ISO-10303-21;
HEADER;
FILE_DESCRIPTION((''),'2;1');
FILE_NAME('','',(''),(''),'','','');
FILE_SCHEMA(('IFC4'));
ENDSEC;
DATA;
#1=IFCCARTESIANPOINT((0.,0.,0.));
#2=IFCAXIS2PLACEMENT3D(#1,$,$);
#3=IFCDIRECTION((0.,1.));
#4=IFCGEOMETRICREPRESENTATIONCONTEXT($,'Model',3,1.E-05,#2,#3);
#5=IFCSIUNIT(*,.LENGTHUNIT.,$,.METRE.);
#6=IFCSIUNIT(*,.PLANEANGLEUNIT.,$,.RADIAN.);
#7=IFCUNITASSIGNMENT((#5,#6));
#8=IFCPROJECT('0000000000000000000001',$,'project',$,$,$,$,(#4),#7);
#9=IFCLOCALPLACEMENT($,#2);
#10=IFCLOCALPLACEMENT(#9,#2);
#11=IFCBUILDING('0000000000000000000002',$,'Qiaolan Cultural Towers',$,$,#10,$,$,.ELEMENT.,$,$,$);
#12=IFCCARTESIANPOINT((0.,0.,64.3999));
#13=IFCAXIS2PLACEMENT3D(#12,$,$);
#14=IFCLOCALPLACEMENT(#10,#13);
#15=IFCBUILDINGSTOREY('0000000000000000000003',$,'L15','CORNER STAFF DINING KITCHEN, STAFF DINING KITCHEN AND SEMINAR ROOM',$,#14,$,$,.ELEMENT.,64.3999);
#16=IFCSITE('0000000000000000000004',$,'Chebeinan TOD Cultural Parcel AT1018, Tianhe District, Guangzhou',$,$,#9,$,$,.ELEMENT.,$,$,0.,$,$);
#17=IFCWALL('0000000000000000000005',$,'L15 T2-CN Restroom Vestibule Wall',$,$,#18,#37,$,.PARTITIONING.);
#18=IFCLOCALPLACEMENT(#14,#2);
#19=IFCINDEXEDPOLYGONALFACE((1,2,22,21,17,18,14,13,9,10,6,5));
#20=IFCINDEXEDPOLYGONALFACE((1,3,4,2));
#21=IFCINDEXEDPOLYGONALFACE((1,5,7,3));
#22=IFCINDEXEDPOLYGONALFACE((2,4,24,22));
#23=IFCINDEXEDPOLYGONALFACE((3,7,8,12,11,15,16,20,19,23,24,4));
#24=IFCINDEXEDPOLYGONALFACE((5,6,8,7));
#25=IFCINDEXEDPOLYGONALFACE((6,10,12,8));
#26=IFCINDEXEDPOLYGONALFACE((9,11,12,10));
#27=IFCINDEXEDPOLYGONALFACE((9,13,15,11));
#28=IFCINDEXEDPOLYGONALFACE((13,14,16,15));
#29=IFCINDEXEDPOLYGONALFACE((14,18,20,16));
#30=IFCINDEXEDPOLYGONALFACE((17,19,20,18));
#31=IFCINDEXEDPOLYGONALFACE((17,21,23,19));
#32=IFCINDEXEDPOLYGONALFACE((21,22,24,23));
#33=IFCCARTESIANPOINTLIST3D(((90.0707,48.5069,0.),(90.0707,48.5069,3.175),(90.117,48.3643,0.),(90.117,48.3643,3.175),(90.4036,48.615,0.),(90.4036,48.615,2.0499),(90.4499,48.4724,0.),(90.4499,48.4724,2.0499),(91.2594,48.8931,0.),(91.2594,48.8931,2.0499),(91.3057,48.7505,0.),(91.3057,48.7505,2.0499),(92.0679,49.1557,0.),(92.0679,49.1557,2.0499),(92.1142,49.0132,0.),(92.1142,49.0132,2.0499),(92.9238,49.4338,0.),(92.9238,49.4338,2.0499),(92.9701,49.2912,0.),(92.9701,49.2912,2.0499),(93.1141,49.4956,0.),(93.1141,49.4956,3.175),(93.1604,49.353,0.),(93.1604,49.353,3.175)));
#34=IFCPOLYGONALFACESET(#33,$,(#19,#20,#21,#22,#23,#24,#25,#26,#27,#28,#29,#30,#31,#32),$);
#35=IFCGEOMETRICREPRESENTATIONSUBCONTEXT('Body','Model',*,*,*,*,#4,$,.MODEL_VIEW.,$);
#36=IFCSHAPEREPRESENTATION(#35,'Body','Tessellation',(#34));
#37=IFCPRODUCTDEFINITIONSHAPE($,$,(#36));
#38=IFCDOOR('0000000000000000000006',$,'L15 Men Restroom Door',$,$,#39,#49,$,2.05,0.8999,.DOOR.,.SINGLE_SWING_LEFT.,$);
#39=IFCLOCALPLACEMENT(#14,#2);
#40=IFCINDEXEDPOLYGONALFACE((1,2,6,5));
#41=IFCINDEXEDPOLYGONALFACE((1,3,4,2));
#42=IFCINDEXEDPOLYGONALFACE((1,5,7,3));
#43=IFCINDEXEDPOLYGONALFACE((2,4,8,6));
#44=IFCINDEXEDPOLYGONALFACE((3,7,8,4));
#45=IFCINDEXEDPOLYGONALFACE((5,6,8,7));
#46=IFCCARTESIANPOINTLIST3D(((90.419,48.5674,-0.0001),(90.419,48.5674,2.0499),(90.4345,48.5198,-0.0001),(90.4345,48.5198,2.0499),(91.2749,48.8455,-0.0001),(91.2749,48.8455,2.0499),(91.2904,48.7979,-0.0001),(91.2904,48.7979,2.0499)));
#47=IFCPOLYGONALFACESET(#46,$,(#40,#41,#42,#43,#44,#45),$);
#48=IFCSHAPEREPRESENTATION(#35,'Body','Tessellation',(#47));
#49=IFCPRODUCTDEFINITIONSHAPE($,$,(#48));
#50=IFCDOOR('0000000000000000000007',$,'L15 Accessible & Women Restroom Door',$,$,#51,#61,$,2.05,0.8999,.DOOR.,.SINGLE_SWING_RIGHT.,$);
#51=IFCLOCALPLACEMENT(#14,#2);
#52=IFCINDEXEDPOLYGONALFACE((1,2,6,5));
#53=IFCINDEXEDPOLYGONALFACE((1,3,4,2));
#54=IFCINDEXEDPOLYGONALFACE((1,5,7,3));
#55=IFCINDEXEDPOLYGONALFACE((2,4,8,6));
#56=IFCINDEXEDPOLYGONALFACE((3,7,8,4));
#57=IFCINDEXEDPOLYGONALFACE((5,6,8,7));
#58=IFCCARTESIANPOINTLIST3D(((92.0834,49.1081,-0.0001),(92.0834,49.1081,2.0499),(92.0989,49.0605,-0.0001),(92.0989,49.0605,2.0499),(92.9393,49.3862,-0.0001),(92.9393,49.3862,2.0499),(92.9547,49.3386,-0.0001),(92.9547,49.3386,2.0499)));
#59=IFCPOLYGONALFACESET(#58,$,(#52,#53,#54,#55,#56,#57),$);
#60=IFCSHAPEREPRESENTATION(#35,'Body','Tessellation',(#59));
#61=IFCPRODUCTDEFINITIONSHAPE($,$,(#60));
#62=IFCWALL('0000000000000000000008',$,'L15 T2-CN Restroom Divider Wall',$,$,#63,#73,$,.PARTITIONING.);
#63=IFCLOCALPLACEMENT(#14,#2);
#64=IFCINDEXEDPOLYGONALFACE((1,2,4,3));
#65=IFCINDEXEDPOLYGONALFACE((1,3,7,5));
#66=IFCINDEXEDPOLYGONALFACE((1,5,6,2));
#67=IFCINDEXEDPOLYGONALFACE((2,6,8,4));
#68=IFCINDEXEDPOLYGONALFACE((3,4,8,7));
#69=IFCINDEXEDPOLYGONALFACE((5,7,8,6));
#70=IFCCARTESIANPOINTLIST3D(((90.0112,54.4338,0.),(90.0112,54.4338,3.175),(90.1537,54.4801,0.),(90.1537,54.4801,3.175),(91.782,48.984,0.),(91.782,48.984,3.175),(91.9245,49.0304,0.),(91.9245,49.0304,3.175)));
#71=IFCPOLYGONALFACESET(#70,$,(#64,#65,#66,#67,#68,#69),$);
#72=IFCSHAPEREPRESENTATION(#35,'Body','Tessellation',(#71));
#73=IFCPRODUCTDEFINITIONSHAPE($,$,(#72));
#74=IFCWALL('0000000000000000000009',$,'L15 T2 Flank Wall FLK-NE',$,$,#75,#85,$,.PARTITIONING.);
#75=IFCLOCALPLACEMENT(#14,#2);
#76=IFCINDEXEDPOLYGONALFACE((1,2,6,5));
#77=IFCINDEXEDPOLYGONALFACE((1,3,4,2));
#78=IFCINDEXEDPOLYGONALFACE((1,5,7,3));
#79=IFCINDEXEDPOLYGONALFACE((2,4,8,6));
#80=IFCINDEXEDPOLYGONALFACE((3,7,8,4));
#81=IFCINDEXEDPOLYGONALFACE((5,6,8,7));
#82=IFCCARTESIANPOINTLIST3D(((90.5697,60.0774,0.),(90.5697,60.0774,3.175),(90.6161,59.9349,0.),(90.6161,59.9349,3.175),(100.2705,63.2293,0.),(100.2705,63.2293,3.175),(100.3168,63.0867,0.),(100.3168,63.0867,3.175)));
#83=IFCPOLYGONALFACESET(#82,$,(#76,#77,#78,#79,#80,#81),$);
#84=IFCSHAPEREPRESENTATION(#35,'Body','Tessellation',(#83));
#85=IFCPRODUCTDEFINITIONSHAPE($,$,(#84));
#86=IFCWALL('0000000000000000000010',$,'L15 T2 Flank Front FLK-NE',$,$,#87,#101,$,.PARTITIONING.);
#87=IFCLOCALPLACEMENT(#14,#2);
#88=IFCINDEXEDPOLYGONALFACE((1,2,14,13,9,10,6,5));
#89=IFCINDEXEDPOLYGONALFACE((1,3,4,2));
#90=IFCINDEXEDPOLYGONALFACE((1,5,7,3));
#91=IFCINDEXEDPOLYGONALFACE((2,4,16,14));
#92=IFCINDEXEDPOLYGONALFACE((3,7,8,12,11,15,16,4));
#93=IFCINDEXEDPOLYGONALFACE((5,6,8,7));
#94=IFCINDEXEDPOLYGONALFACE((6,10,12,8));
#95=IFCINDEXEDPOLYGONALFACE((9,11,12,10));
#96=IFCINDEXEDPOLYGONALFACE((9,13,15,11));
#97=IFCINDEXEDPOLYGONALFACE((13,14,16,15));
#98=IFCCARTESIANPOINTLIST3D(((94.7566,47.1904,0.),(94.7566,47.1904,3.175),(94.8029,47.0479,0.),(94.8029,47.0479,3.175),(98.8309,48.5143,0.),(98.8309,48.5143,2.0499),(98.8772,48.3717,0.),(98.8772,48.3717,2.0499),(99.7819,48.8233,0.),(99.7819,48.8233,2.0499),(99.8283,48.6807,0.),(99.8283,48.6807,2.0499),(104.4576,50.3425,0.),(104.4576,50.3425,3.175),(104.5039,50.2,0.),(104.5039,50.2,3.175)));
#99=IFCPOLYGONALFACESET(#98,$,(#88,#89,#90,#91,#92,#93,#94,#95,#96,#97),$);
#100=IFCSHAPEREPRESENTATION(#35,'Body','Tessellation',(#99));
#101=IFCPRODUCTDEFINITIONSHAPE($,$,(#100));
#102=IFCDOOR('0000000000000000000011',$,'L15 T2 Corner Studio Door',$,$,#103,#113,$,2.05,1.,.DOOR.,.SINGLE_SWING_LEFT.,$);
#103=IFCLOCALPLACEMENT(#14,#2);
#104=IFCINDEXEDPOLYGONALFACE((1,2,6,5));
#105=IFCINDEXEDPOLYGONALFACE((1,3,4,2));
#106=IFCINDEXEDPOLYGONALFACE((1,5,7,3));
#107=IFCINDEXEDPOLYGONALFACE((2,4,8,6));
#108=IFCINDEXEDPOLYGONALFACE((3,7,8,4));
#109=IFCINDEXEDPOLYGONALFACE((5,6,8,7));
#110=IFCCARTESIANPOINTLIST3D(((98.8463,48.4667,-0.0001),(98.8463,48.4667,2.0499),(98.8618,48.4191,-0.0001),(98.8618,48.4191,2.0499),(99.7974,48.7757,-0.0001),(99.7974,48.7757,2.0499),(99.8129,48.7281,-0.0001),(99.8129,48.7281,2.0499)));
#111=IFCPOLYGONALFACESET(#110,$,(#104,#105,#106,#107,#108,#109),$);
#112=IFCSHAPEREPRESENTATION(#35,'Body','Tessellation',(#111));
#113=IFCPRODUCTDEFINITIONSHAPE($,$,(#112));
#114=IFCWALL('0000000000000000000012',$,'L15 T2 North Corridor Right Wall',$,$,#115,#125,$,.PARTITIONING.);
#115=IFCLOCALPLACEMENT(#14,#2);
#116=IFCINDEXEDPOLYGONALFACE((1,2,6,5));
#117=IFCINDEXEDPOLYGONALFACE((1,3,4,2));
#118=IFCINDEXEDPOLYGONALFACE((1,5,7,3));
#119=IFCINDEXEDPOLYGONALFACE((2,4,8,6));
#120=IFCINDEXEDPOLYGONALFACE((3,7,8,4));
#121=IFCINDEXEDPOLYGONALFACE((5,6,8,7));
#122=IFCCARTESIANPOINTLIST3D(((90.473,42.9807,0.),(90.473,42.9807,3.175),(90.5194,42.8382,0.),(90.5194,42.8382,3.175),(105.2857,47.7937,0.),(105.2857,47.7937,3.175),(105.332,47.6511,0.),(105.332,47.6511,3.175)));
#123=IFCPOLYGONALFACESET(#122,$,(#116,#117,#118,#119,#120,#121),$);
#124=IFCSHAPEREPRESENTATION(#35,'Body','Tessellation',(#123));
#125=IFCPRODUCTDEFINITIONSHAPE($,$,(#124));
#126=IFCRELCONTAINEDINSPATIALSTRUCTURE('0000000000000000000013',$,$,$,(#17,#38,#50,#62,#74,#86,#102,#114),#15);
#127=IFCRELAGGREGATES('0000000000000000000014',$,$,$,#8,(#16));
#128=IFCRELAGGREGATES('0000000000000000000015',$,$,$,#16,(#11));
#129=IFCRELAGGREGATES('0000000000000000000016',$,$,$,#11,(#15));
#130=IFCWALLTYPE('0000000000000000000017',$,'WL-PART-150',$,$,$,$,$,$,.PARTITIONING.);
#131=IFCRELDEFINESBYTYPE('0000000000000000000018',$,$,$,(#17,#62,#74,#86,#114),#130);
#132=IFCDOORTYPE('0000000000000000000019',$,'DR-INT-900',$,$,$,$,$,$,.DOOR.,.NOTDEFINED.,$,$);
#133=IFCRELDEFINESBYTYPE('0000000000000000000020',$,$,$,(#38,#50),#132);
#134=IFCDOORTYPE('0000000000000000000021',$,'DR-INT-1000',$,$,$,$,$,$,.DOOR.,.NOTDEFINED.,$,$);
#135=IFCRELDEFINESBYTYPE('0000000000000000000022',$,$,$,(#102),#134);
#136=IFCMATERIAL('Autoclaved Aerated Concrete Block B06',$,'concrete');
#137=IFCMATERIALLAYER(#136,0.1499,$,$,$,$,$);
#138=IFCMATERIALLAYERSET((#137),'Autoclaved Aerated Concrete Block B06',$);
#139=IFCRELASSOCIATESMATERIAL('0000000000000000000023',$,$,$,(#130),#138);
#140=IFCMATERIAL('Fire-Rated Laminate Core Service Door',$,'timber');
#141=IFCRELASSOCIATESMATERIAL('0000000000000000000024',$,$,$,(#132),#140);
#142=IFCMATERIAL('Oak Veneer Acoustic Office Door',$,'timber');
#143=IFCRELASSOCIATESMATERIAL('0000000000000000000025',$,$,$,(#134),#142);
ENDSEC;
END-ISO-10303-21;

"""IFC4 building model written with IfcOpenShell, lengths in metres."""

from ifc_helpers import new_model, si_unit, direction, frame, frame_2d, origin, place, context, subcontext, project, spatial, rectangle, extrude, material, layer, layer_set, type_object, element, fill, save


model = new_model("IFC4")

# Units and contexts
model_context = context("Model", 3, precision=1e-05, world=origin(), true_north=direction((0.0, 1.0)))
body_context = subcontext(model_context, "Body", "Model", "MODEL_VIEW")
ifc_project = project(units=[si_unit("LENGTHUNIT", "METRE"), si_unit("PLANEANGLEUNIT", "RADIAN")], contexts=[model_context])

# Site, building, storey
site_placement = place(None, origin())
site = spatial("IfcSite", under=ifc_project, at=site_placement, Name="Chebeinan TOD Cultural Parcel AT1018, Tianhe District, Guangzhou", CompositionType="ELEMENT", RefElevation=0.0)
building_placement = place(site_placement, origin())
building = spatial("IfcBuilding", under=site, at=building_placement, Name="Qiaolan Cultural Towers", CompositionType="ELEMENT")
storey_placement = place(building_placement, frame((0.0, 0.0, 64.3999)))
storey = spatial("IfcBuildingStorey", under=building, at=storey_placement, Name="L15", Description="CORNER STAFF DINING KITCHEN, STAFF DINING KITCHEN AND SEMINAR ROOM", CompositionType="ELEMENT", Elevation=64.3999)

# Shared definitions
ifc_material_1 = material(Name="Autoclaved Aerated Concrete Block B06", Category="concrete")
ifc_layer_1 = layer(ifc_material_1, 0.1499)
ifc_layer_set_1 = layer_set([ifc_layer_1], Name="Autoclaved Aerated Concrete Block B06")
wall_type_1 = type_object("IfcWallType", Name="WL-PART-150", PredefinedType="PARTITIONING", material=ifc_layer_set_1)

# Wall, openings, doors
wall_1_placement = place(storey_placement, frame((90.0938, 48.4355, 0.0), z_axis=(0.0, 0.0, 1.0), x_axis=(0.951067, 0.308986, 0.0)))
wall_1 = element("IfcWall", 1, at=wall_1_placement, inside=storey, type_object=wall_type_1, Name="L15 T2-CN Restroom Vestibule Wall", PredefinedType="PARTITIONING", context=body_context, shape_type="SweptSolid", body=[
    extrude(rectangle(XDim=3.2, YDim=0.1499, at=frame_2d((1.6001, 0.0))), origin(), (0.0, 0.0, 1.0), 3.175),
])
opening_1_placement = place(wall_1_placement, frame((0.3501, 0.0, 0.0)))
opening_1 = element("IfcOpeningElement", 2, at=opening_1_placement, cuts=wall_1, PredefinedType="OPENING", context=body_context, shape_type="SweptSolid", body=[
    extrude(rectangle(XDim=0.8999, YDim=2.05, at=frame_2d((0.45, 1.0249))), frame((0.0, 0.085, 0.0), z_axis=(0.0, -1.0, 0.0), x_axis=(1.0, 0.0, 0.0)), (0.0, 0.0, 1.0), 0.1699),
])
opening_2_placement = place(wall_1_placement, frame((2.1001, 0.0, 0.0)))
opening_2 = element("IfcOpeningElement", 3, at=opening_2_placement, cuts=wall_1, PredefinedType="OPENING", context=body_context, shape_type="SweptSolid", body=[
    extrude(rectangle(XDim=0.8999, YDim=2.05, at=frame_2d((0.45, 1.0249))), frame((0.0, 0.085, 0.0), z_axis=(0.0, -1.0, 0.0), x_axis=(1.0, 0.0, 0.0)), (0.0, 0.0, 1.0), 0.1699),
])
ifc_material_2 = material(Name="Fire-Rated Laminate Core Service Door", Category="timber")
door_type_1 = type_object("IfcDoorType", Name="DR-INT-900", OperationType="NOTDEFINED", PredefinedType="DOOR", material=ifc_material_2)
door_1_placement = place(opening_1_placement, origin())
door_1 = element("IfcDoor", 4, at=door_1_placement, inside=storey, type_object=door_type_1, Name="L15 Men Restroom Door", OperationType="SINGLE_SWING_LEFT", OverallHeight=2.05, OverallWidth=0.8999, PredefinedType="DOOR", context=body_context, shape_type="SweptSolid", body=[
    extrude(rectangle(XDim=0.8999, YDim=2.05, at=frame_2d((0.45, 1.0249))), frame((0.0, 0.0249, 0.0), z_axis=(0.0, -1.0, 0.0), x_axis=(1.0, 0.0, 0.0)), (0.0, 0.0, 1.0), 0.05),
])
fill(opening_1, door_1)
door_2_placement = place(opening_2_placement, origin())
door_2 = element("IfcDoor", 5, at=door_2_placement, inside=storey, type_object=door_type_1, Name="L15 Accessible & Women Restroom Door", OperationType="SINGLE_SWING_RIGHT", OverallHeight=2.05, OverallWidth=0.8999, PredefinedType="DOOR", context=body_context, shape_type="SweptSolid", body=[
    extrude(rectangle(XDim=0.8999, YDim=2.05, at=frame_2d((0.45, 1.0249))), frame((0.0, 0.0249, 0.0), z_axis=(0.0, -1.0, 0.0), x_axis=(1.0, 0.0, 0.0)), (0.0, 0.0, 1.0), 0.05),
])
fill(opening_2, door_2)

# Walls
wall_2_placement = place(storey_placement, frame((91.8533, 49.0071, 0.0), z_axis=(0.0, 0.0, 1.0), x_axis=(-0.309022, 0.951055, 0.0)))
element("IfcWall", 6, at=wall_2_placement, inside=storey, type_object=wall_type_1, Name="L15 T2-CN Restroom Divider Wall", PredefinedType="PARTITIONING", context=body_context, shape_type="SweptSolid", body=[
    extrude(rectangle(XDim=5.7302, YDim=0.1499, at=frame_2d((2.8652, 0.0))), origin(), (0.0, 0.0, 1.0), 3.175),
])
wall_3_placement = place(storey_placement, frame((90.5928, 60.0061, 0.0), z_axis=(0.0, 0.0, 1.0), x_axis=(0.951059, 0.309009, 0.0)))
element("IfcWall", 7, at=wall_3_placement, inside=storey, type_object=wall_type_1, Name="L15 T2 Flank Wall FLK-NE", PredefinedType="PARTITIONING", context=body_context, shape_type="SweptSolid", body=[
    extrude(rectangle(XDim=10.2, YDim=0.1499, at=frame_2d((5.1001, 0.0))), origin(), (0.0, 0.0, 1.0), 3.175),
])

# Wall, opening, door
wall_4_placement = place(storey_placement, frame((94.7798, 47.1191, 0.0), z_axis=(0.0, 0.0, 1.0), x_axis=(0.951054, 0.309024, 0.0)))
wall_4 = element("IfcWall", 8, at=wall_4_placement, inside=storey, type_object=wall_type_1, Name="L15 T2 Flank Front FLK-NE", PredefinedType="PARTITIONING", context=body_context, shape_type="SweptSolid", body=[
    extrude(rectangle(XDim=10.2002, YDim=0.1499, at=frame_2d((5.1001, 0.0))), origin(), (0.0, 0.0, 1.0), 3.175),
])
opening_3_placement = place(wall_4_placement, frame((4.2839, 0.0, 0.0)))
opening_3 = element("IfcOpeningElement", 9, at=opening_3_placement, cuts=wall_4, PredefinedType="OPENING", context=body_context, shape_type="SweptSolid", body=[
    extrude(rectangle(XDim=1.0, YDim=2.05, at=frame_2d((0.5, 1.0249))), frame((0.0, 0.085, 0.0), z_axis=(0.0, -1.0, 0.0), x_axis=(1.0, 0.0, 0.0)), (0.0, 0.0, 1.0), 0.1699),
])
ifc_material_3 = material(Name="Oak Veneer Acoustic Office Door", Category="timber")
door_type_2 = type_object("IfcDoorType", Name="DR-INT-1000", OperationType="NOTDEFINED", PredefinedType="DOOR", material=ifc_material_3)
door_3_placement = place(opening_3_placement, origin())
door_3 = element("IfcDoor", 10, at=door_3_placement, inside=storey, type_object=door_type_2, Name="L15 T2 Corner Studio Door", OperationType="SINGLE_SWING_LEFT", OverallHeight=2.05, OverallWidth=1.0, PredefinedType="DOOR", context=body_context, shape_type="SweptSolid", body=[
    extrude(rectangle(XDim=1.0, YDim=2.05, at=frame_2d((0.5, 1.0249))), frame((0.0, 0.0249, 0.0), z_axis=(0.0, -1.0, 0.0), x_axis=(1.0, 0.0, 0.0)), (0.0, 0.0, 1.0), 0.05),
])
fill(opening_3, door_3)

# Wall
wall_5_placement = place(storey_placement, frame((90.4961, 42.9094, 0.0), z_axis=(0.0, 0.0, 1.0), x_axis=(0.951056, 0.309019, 0.0)))
element("IfcWall", 11, at=wall_5_placement, inside=storey, type_object=wall_type_1, Name="L15 T2 North Corridor Right Wall", PredefinedType="PARTITIONING", context=body_context, shape_type="SweptSolid", body=[
    extrude(rectangle(XDim=15.575, YDim=0.1499, at=frame_2d((7.7876, 0.0))), origin(), (0.0, 0.0, 1.0), 3.175),
])

save(model, "model.ifc")
